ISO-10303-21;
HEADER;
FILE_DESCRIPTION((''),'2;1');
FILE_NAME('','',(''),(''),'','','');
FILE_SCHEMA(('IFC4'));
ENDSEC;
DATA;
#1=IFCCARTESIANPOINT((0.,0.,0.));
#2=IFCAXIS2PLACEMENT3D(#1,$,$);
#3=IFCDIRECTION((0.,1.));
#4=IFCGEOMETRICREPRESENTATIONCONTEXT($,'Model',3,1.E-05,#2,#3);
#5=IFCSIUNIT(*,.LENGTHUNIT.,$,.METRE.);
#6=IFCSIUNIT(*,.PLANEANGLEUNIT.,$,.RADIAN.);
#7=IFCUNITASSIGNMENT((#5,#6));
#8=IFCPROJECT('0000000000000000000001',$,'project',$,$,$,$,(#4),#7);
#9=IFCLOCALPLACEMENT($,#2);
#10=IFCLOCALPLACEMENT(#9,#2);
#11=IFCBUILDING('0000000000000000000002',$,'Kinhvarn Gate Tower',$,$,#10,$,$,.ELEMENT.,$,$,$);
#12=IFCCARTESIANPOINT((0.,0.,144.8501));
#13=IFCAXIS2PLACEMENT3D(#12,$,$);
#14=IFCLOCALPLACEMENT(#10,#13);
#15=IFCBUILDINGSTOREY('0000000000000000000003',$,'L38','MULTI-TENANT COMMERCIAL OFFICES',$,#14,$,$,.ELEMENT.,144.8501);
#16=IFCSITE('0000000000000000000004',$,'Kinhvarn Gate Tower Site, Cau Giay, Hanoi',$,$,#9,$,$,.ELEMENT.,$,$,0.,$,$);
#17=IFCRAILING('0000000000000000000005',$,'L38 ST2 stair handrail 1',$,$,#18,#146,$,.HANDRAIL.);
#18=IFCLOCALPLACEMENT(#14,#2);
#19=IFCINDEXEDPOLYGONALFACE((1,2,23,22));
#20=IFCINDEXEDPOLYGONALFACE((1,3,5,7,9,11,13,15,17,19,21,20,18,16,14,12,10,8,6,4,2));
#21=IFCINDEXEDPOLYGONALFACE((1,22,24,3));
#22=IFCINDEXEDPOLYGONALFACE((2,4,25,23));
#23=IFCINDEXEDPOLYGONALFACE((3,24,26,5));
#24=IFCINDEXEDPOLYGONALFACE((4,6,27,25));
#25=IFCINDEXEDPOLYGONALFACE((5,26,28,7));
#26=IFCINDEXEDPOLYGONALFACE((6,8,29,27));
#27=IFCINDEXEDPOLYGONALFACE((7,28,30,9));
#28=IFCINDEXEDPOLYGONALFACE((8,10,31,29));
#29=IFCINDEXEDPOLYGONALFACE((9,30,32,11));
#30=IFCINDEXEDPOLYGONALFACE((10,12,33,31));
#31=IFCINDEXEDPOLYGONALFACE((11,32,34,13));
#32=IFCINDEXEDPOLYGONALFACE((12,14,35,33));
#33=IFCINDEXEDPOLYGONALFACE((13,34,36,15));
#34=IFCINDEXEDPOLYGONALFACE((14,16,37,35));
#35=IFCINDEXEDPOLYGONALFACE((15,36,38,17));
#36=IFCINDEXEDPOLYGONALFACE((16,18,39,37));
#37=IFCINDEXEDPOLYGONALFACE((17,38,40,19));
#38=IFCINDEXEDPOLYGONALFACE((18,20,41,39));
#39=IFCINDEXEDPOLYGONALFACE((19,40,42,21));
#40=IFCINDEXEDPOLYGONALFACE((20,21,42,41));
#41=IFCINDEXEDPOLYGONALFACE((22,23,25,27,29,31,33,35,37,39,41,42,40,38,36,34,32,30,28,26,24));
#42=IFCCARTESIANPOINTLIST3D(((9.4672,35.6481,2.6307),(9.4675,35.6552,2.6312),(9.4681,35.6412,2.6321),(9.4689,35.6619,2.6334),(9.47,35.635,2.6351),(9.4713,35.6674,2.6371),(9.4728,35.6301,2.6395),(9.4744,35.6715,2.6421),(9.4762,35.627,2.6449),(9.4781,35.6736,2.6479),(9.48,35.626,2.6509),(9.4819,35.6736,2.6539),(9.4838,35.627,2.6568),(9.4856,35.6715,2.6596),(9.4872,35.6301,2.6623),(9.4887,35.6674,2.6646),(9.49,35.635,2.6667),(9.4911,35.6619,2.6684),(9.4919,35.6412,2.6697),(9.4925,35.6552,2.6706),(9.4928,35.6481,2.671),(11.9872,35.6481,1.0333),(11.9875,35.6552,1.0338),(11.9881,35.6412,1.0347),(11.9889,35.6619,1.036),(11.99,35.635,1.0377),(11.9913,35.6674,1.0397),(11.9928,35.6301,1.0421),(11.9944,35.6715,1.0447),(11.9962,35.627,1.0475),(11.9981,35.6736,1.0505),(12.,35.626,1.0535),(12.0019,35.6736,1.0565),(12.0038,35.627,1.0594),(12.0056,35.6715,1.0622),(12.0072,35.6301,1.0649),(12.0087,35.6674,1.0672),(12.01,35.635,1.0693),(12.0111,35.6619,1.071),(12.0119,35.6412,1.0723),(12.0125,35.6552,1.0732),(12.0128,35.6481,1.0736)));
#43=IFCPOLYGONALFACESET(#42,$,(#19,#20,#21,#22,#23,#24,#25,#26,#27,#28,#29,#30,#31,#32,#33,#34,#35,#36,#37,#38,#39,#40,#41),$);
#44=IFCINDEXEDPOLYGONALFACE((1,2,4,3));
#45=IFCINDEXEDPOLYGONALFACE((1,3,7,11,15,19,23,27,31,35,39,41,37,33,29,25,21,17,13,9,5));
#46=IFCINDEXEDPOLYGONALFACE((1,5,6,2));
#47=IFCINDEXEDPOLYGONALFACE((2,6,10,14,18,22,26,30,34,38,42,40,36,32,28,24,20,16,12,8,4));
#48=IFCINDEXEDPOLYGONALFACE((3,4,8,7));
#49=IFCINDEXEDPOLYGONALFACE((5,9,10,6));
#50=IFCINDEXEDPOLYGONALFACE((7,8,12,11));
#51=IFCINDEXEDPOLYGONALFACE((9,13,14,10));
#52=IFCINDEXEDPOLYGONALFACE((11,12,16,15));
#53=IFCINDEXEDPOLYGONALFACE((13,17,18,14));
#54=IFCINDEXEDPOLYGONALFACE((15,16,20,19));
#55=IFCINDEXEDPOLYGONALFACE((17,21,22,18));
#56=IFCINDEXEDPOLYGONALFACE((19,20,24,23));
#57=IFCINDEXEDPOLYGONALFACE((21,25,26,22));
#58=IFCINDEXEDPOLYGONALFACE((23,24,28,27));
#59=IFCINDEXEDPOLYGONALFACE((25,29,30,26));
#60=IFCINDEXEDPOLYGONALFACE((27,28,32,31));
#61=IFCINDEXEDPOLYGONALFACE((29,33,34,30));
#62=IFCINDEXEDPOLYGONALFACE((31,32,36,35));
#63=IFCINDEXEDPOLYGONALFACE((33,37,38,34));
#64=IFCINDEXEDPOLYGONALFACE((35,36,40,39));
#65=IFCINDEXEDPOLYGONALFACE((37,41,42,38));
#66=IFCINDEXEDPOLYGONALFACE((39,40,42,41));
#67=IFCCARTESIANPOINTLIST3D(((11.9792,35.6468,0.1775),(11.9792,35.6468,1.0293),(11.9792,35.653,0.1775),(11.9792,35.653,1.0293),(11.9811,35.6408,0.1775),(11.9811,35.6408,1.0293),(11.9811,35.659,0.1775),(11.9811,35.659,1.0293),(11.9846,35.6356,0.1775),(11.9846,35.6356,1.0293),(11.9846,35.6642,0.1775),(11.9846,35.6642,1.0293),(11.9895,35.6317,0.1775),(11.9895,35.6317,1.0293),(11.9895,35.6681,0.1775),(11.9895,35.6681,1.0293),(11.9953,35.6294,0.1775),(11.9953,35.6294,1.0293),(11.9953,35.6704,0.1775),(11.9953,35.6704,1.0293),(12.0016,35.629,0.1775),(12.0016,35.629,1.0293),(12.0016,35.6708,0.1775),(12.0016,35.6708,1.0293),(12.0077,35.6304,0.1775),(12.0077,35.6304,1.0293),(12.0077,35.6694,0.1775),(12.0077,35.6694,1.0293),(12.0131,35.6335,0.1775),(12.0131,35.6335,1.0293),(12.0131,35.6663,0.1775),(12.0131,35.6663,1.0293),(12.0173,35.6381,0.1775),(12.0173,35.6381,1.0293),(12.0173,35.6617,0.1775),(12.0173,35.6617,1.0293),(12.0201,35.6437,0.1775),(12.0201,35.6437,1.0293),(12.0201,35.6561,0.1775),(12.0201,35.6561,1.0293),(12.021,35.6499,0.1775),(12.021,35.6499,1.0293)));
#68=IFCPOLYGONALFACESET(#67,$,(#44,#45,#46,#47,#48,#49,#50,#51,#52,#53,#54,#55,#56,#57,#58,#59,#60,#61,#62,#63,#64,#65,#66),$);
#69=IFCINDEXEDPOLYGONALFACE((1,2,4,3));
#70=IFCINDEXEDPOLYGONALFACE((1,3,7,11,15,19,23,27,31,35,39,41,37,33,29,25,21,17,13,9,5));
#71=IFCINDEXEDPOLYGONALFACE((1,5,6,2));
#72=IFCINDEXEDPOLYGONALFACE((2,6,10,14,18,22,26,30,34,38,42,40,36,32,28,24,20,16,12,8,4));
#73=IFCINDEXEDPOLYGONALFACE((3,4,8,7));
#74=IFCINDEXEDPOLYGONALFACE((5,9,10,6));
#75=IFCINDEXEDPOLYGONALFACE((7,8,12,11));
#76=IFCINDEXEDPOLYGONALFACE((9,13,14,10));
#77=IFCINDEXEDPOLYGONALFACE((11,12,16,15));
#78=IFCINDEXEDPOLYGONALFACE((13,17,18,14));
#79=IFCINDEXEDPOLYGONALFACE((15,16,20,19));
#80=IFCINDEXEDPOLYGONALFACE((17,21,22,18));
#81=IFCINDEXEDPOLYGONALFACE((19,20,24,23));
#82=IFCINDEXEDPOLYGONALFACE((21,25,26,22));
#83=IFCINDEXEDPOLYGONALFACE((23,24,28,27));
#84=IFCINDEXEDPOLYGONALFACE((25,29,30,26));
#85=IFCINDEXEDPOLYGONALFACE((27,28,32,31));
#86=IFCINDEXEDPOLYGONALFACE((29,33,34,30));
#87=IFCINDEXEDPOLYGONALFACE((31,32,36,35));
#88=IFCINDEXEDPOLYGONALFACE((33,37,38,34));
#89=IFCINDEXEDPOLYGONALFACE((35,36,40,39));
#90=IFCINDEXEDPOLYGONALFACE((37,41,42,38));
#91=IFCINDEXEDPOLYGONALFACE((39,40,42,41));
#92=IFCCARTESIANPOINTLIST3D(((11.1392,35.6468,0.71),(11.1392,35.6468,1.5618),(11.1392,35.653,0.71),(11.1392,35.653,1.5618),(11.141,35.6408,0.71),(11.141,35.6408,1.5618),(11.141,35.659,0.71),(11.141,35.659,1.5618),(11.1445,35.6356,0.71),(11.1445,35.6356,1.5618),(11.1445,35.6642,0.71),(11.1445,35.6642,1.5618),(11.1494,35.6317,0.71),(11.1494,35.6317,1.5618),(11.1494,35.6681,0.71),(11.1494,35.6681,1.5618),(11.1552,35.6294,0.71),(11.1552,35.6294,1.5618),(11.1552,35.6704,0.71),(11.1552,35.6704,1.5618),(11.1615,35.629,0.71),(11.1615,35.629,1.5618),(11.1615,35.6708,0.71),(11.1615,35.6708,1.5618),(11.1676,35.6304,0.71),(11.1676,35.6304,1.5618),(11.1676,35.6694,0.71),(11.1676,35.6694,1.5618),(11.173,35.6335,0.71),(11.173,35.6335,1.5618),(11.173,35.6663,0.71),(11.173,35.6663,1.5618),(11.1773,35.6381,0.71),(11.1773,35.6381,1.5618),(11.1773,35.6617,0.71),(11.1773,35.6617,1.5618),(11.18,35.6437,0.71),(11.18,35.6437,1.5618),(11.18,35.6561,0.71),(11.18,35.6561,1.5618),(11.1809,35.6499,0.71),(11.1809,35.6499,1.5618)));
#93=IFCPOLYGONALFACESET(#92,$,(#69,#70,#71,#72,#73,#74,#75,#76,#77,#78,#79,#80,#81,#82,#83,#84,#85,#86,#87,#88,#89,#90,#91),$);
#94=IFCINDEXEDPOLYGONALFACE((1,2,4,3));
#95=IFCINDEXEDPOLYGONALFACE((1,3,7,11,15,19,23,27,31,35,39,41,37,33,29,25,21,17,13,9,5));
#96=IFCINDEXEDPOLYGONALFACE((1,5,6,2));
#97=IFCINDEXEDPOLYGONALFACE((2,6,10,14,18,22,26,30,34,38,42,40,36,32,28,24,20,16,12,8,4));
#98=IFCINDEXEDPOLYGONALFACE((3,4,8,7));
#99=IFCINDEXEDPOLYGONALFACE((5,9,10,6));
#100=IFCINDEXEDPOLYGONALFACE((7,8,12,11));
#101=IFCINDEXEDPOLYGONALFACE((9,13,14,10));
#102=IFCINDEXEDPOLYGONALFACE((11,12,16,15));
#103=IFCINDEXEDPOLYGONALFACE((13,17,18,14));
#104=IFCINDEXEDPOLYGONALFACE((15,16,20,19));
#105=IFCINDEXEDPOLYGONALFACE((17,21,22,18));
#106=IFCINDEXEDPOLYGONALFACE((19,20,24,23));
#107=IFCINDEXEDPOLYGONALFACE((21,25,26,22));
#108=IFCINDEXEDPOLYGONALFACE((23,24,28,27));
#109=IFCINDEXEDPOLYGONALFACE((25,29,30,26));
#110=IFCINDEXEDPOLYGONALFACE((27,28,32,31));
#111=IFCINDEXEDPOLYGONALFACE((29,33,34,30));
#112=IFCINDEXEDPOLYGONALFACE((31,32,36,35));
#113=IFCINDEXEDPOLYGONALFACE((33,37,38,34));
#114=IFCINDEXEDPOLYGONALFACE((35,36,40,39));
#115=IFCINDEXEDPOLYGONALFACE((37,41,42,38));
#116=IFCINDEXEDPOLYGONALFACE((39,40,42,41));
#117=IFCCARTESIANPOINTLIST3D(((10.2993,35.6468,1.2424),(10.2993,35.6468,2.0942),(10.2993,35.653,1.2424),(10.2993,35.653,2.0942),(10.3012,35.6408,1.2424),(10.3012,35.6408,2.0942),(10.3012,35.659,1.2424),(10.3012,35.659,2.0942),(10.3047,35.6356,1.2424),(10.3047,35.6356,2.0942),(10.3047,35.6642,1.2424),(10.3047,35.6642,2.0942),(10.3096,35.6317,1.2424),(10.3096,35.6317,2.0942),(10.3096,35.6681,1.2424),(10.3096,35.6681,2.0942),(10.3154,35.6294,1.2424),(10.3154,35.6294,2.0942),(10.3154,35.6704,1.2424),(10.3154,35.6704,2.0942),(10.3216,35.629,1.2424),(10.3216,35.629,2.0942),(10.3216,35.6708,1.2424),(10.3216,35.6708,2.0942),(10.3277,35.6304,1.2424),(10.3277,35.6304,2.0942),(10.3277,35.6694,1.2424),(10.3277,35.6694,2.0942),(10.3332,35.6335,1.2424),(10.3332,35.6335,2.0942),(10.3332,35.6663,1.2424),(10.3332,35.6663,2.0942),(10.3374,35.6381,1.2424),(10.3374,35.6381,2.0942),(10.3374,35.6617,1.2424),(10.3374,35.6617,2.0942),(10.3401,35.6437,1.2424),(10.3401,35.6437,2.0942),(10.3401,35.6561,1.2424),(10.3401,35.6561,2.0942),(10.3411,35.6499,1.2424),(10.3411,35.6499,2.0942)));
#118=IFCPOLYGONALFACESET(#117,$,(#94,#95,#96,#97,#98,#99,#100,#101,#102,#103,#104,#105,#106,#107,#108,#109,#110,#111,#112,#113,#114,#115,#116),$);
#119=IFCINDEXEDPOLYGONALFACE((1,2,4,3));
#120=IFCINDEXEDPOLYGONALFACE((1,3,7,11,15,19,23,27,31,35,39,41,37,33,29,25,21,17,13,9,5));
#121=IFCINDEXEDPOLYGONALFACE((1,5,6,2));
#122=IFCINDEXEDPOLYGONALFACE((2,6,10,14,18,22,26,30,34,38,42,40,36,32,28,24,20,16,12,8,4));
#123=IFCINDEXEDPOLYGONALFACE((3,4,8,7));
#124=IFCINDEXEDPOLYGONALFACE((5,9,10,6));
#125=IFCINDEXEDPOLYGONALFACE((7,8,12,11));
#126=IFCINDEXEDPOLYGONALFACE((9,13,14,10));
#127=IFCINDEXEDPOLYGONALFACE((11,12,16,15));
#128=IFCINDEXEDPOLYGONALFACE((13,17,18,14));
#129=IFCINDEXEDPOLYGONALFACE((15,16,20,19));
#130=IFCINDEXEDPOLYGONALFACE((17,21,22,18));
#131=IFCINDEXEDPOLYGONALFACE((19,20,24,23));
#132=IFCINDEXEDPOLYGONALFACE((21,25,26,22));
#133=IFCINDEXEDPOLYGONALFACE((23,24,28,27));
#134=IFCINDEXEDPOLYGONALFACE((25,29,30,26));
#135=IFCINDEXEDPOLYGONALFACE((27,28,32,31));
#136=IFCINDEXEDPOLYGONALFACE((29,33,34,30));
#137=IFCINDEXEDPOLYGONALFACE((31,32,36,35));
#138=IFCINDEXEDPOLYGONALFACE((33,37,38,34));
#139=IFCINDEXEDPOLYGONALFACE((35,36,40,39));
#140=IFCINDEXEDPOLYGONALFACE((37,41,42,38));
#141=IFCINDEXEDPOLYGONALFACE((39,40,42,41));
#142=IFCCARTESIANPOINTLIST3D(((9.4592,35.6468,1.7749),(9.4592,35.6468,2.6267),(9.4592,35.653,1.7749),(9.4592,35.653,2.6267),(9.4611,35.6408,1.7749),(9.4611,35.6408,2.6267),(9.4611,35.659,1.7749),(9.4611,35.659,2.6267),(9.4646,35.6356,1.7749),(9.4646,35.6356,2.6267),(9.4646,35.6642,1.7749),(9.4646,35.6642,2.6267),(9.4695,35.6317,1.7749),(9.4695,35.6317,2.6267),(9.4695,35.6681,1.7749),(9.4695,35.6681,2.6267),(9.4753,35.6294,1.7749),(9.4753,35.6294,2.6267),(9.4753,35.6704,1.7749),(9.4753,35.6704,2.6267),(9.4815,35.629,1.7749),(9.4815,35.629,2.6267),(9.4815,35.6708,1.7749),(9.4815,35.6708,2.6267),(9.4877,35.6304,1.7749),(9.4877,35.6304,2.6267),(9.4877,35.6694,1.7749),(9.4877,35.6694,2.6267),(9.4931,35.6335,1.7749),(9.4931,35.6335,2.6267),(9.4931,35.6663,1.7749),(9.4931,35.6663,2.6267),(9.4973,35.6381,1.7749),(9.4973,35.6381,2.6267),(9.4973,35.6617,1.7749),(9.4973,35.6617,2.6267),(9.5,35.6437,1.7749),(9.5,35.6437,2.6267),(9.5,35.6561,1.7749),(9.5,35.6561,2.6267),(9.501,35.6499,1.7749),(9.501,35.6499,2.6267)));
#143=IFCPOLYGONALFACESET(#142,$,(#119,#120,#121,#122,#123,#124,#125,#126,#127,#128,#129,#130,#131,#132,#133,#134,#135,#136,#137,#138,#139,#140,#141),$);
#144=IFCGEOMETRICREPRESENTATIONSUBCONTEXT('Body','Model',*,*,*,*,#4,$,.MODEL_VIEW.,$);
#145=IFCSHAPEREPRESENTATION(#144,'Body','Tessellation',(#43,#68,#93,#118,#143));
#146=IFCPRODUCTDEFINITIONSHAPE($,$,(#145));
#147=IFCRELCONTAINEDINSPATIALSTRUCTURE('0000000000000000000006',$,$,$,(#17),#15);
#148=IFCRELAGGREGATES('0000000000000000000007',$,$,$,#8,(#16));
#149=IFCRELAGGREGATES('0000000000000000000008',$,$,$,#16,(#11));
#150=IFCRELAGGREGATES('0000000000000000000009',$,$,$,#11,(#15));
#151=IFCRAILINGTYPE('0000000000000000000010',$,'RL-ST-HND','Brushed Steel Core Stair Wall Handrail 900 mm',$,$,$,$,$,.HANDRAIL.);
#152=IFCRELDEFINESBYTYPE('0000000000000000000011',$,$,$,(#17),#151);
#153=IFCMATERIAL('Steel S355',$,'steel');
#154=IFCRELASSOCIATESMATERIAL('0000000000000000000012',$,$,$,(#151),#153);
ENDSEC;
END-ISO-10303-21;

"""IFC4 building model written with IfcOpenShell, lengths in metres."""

from ifc_helpers import new_model, si_unit, direction, frame, origin, origin_2d, place, context, subcontext, project, spatial, circle, extrude, material, type_object, element, save


model = new_model("IFC4")

# Units and contexts
model_context = context("Model", 3, precision=1e-05, world=origin(), true_north=direction((0.0, 1.0)))
body_context = subcontext(model_context, "Body", "Model", "MODEL_VIEW")
ifc_project = project(units=[si_unit("LENGTHUNIT", "METRE"), si_unit("PLANEANGLEUNIT", "RADIAN")], contexts=[model_context])

# Site, building, storey
site_placement = place(None, origin())
site = spatial("IfcSite", under=ifc_project, at=site_placement, Name="Kinhvarn Gate Tower Site, Cau Giay, Hanoi", CompositionType="ELEMENT", RefElevation=0.0)
building_placement = place(site_placement, origin())
building = spatial("IfcBuilding", under=site, at=building_placement, Name="Kinhvarn Gate Tower", CompositionType="ELEMENT")
storey_placement = place(building_placement, frame((0.0, 0.0, 144.8501)))
storey = spatial("IfcBuildingStorey", under=building, at=storey_placement, Name="L38", Description="MULTI-TENANT COMMERCIAL OFFICES", CompositionType="ELEMENT", Elevation=144.8501)

# Shared definitions
ifc_material_1 = material(Name="Steel S355", Category="steel")

# Railing
railing_type_1 = type_object("IfcRailingType", Name="RL-ST-HND", Description="Brushed Steel Core Stair Wall Handrail 900 mm", PredefinedType="HANDRAIL", material=ifc_material_1)
railing_1_placement = place(storey_placement, frame((12.0, 35.6499, 0.1775)))
element("IfcRailing", 1, at=railing_1_placement, inside=storey, type_object=railing_type_1, Name="L38 ST2 stair handrail 1", PredefinedType="HANDRAIL", context=body_context, shape_type="SweptSolid", body=[
    extrude(circle(Radius=0.0239, at=origin_2d()), frame((0.0, 0.0, 0.876), z_axis=(-0.844607, 0.0, 0.535387), x_axis=(0.0, -1.0, 0.0)), (0.0, 0.0, 1.0), 2.9836),
    extrude(circle(Radius=0.021, at=origin_2d()), origin(), (0.0, 0.0, 1.0), 0.8518),
    extrude(circle(Radius=0.021, at=origin_2d()), frame((-0.8401, 0.0, 0.5325)), (0.0, 0.0, 1.0), 0.8518),
    extrude(circle(Radius=0.021, at=origin_2d()), frame((-1.6799, 0.0, 1.0649)), (0.0, 0.0, 1.0), 0.8518),
    extrude(circle(Radius=0.021, at=origin_2d()), frame((-2.52, 0.0, 1.5974)), (0.0, 0.0, 1.0), 0.8518),
])

save(model, "model.ifc")
